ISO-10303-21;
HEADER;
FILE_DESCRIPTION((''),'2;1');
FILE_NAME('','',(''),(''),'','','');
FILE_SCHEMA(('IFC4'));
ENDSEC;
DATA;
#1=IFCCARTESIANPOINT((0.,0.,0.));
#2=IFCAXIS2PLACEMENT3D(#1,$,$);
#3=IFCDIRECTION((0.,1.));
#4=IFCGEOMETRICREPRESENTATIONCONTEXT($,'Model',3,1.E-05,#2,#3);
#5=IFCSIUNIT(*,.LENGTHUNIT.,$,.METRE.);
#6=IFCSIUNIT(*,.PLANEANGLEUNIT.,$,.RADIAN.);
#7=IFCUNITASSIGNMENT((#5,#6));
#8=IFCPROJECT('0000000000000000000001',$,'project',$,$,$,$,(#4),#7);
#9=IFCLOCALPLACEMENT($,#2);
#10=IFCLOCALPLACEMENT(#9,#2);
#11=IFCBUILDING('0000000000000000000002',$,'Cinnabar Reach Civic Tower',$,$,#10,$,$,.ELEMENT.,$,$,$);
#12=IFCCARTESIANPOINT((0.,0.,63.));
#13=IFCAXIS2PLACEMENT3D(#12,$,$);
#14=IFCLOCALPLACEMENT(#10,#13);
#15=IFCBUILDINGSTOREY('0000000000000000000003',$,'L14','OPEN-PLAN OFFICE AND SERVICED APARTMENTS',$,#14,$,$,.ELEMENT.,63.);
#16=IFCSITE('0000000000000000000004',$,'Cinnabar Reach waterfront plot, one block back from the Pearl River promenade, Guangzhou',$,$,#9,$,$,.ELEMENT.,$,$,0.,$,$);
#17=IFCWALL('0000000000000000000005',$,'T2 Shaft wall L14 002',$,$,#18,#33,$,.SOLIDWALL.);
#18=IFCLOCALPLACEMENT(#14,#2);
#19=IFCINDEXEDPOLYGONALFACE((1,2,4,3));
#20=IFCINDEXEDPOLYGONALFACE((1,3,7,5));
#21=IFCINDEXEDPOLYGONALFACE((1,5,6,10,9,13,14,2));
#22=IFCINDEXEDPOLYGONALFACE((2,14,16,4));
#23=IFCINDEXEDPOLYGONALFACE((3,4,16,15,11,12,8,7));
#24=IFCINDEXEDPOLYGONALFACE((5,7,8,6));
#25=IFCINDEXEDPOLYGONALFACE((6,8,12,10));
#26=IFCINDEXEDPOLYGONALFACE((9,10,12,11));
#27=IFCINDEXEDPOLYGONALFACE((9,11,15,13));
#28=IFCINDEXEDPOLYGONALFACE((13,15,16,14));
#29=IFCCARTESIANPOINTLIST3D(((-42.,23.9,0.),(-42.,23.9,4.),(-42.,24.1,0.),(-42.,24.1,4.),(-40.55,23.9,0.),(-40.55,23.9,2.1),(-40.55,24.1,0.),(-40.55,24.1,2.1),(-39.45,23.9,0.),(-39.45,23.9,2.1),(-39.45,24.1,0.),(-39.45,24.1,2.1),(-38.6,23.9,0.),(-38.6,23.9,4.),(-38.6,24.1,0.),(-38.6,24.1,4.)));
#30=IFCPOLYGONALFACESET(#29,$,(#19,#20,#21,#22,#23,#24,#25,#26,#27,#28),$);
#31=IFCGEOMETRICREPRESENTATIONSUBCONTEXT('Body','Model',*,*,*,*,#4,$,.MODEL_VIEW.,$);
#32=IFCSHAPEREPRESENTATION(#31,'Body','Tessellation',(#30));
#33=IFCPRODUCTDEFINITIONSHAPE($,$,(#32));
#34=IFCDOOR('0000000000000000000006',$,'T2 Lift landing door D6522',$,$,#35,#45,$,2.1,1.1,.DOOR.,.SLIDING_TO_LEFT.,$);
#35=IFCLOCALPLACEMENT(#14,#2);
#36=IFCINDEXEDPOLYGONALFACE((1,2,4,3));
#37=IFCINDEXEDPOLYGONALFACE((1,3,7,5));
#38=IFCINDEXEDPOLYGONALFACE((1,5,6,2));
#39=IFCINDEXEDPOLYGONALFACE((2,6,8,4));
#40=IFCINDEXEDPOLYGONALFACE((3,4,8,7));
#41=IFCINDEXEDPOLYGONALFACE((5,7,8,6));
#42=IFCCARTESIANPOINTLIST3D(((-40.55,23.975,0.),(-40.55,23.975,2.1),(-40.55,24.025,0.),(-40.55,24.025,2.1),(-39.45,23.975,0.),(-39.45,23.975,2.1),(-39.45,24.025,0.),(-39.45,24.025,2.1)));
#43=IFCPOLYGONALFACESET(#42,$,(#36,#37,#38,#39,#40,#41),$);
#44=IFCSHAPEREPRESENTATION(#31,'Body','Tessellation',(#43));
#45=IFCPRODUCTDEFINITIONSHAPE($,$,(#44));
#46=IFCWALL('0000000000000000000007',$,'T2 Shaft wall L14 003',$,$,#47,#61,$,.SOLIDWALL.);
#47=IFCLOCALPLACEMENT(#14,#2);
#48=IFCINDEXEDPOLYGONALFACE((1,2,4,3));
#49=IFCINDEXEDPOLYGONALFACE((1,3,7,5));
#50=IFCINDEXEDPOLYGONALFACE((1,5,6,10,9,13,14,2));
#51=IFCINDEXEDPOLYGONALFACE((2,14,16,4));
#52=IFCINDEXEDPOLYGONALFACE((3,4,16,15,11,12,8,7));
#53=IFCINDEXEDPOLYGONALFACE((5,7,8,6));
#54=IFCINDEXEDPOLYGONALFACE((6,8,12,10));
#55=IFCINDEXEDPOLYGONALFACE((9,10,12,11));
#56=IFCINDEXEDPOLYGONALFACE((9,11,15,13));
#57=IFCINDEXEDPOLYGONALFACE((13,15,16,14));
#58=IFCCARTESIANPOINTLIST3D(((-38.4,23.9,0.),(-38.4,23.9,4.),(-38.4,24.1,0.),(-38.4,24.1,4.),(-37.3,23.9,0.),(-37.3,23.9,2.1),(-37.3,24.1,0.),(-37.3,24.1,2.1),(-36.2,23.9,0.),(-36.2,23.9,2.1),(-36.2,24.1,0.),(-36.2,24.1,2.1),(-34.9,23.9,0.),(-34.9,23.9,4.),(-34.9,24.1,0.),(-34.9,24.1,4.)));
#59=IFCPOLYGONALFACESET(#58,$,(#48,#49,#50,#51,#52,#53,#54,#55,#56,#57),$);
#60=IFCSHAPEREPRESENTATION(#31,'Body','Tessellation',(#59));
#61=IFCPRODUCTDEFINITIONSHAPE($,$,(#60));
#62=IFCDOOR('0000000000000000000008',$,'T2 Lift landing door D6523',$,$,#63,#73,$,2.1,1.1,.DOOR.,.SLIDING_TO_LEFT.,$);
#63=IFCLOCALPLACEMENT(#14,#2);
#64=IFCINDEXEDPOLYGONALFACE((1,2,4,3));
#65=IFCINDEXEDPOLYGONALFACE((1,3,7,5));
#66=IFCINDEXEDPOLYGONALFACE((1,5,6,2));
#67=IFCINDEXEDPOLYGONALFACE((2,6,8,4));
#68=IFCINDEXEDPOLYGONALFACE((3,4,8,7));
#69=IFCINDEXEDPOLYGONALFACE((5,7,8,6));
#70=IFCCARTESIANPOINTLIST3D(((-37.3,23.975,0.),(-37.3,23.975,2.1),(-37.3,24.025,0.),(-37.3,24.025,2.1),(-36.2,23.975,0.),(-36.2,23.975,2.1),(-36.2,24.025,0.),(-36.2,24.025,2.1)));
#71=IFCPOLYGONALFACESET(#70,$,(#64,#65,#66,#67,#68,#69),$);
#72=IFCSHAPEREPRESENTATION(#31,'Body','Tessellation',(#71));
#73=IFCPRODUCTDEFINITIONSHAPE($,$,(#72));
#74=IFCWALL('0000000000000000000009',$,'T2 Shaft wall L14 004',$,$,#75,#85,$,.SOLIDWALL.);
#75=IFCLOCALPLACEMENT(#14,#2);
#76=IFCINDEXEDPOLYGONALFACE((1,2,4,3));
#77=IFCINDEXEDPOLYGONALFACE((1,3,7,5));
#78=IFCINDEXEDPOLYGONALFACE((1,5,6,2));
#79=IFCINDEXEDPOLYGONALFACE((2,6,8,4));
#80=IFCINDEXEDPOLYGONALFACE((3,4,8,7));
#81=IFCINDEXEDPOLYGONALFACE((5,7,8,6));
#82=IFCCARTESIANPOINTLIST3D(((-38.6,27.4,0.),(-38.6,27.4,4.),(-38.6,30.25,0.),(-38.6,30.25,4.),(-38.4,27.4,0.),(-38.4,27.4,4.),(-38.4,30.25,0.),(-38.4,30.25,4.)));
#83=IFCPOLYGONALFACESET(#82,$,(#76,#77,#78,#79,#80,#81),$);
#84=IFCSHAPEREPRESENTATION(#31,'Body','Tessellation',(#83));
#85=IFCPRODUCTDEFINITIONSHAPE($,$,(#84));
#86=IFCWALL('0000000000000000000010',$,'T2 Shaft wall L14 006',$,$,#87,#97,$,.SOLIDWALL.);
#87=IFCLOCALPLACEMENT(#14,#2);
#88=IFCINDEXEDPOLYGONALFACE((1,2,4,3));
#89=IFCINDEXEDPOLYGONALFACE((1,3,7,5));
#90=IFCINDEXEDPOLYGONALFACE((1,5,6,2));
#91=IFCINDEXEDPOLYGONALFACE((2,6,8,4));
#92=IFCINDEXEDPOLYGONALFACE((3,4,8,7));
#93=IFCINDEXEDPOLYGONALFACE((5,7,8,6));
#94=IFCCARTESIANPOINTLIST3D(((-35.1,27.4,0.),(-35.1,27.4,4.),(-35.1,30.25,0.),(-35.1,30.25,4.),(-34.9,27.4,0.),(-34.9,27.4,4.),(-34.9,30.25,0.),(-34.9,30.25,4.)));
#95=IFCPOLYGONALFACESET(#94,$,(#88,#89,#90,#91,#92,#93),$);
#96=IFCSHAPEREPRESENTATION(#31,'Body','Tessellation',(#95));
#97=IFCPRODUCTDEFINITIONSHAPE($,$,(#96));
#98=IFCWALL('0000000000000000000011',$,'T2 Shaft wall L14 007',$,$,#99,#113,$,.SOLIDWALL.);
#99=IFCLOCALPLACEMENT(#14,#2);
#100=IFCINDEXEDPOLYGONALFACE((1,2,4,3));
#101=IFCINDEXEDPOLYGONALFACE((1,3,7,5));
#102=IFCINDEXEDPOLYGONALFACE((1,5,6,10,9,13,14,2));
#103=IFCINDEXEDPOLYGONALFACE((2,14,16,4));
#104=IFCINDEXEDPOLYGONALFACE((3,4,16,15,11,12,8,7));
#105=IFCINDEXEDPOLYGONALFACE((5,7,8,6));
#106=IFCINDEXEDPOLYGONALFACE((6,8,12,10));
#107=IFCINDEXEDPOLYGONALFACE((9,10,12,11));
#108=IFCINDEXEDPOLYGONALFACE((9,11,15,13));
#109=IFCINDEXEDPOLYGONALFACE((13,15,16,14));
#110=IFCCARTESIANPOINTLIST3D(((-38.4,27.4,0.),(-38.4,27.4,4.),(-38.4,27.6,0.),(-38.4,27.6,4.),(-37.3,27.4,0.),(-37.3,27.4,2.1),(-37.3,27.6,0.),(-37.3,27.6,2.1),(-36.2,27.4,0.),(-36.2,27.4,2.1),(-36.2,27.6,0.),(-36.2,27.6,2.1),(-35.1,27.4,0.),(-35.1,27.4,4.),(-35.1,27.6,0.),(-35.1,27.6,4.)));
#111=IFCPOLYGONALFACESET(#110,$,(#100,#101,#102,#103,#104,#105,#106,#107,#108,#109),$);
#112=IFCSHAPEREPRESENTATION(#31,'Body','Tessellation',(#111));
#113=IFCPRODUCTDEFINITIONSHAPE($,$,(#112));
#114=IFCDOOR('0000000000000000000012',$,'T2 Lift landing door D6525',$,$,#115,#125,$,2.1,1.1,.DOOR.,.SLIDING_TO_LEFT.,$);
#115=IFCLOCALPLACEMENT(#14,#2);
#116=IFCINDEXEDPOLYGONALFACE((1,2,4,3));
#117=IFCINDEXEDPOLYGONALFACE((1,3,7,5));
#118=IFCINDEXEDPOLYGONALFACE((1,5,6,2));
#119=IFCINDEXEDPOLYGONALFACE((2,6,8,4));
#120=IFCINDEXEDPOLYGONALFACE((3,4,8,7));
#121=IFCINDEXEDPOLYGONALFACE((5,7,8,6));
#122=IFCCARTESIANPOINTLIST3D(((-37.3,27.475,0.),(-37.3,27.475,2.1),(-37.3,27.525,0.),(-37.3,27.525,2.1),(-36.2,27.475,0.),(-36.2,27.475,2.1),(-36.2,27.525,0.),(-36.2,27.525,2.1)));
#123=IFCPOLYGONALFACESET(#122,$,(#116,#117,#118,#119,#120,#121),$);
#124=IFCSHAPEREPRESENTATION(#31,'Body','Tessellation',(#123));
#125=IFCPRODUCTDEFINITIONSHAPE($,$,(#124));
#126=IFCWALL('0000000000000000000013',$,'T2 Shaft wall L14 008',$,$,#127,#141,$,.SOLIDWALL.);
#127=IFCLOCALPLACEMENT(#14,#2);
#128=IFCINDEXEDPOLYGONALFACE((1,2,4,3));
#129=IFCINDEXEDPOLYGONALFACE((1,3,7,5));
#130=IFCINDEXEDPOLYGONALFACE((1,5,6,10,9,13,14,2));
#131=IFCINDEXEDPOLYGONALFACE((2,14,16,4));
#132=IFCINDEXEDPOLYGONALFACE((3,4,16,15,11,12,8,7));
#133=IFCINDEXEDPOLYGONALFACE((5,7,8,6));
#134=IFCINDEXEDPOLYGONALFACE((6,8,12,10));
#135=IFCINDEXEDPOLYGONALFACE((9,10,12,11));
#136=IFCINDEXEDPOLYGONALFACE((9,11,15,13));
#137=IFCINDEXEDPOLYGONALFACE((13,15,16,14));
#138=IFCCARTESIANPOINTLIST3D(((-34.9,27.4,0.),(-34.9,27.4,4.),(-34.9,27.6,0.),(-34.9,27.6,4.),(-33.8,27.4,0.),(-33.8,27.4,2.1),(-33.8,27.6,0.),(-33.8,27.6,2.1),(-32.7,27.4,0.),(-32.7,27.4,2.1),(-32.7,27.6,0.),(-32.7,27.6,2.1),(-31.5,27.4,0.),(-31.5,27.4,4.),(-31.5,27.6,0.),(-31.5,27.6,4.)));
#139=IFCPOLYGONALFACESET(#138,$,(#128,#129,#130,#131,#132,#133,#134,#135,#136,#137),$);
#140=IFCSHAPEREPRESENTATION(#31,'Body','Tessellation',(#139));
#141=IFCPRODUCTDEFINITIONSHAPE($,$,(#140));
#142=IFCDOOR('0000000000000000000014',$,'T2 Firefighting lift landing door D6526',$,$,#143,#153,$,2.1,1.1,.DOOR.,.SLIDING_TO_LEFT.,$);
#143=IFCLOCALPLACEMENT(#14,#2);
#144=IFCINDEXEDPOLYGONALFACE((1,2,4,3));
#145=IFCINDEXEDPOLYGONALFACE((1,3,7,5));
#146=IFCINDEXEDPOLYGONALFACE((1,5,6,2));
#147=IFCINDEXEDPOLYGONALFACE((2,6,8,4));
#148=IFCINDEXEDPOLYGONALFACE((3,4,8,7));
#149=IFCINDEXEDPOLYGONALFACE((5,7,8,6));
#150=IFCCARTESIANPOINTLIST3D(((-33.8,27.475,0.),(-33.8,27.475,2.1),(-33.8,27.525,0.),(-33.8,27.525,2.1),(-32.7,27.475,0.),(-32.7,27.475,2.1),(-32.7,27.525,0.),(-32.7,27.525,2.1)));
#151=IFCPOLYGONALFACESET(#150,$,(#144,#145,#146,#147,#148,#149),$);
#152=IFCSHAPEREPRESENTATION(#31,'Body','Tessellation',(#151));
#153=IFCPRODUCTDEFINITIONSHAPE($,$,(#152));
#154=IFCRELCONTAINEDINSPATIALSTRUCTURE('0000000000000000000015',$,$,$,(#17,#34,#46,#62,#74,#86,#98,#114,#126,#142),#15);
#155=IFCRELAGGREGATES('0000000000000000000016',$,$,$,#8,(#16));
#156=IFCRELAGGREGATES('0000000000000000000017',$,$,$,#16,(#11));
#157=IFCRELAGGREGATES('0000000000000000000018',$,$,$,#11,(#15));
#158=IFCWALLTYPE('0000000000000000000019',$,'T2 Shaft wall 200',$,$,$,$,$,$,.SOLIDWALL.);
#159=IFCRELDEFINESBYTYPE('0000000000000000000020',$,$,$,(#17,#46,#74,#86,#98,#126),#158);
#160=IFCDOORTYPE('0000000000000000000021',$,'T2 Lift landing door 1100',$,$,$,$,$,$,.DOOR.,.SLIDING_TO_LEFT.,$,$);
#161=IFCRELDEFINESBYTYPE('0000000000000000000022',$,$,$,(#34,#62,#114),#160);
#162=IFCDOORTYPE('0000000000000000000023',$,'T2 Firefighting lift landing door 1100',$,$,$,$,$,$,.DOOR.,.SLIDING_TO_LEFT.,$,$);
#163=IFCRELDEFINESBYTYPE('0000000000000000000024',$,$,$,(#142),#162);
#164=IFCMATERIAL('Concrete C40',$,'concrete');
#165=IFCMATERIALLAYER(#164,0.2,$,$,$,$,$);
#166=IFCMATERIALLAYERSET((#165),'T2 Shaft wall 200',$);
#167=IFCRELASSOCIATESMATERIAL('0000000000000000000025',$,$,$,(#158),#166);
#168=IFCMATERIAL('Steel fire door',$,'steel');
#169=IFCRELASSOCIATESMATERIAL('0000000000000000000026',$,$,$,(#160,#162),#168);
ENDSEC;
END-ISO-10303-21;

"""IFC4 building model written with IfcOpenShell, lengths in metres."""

from ifc_helpers import new_model, si_unit, direction, frame, frame_2d, origin, place, context, subcontext, project, spatial, rectangle, extrude, material, layer, layer_set, type_object, element, fill, save


model = new_model("IFC4")

# Units and contexts
model_context = context("Model", 3, precision=1e-05, world=origin(), true_north=direction((0.0, 1.0)))
body_context = subcontext(model_context, "Body", "Model", "MODEL_VIEW")
ifc_project = project(units=[si_unit("LENGTHUNIT", "METRE"), si_unit("PLANEANGLEUNIT", "RADIAN")], contexts=[model_context])

# Site, building, storey
site_placement = place(None, origin())
site = spatial("IfcSite", under=ifc_project, at=site_placement, Name="Cinnabar Reach waterfront plot, one block back from the Pearl River promenade, Guangzhou", CompositionType="ELEMENT", RefElevation=0.0)
building_placement = place(site_placement, origin())
building = spatial("IfcBuilding", under=site, at=building_placement, Name="Cinnabar Reach Civic Tower", CompositionType="ELEMENT")
storey_placement = place(building_placement, frame((0.0, 0.0, 63.0)))
storey = spatial("IfcBuildingStorey", under=building, at=storey_placement, Name="L14", Description="OPEN-PLAN OFFICE AND SERVICED APARTMENTS", CompositionType="ELEMENT", Elevation=63.0)

# Shared definitions
ifc_material_1 = material(Name="Steel fire door", Category="steel")

# Shared definitions
ifc_material_2 = material(Name="Concrete C40", Category="concrete")

# Walls, openings, doors
ifc_layer_1 = layer(ifc_material_2, 0.2)
ifc_layer_set_1 = layer_set([ifc_layer_1], Name="T2 Shaft wall 200")
wall_type_1 = type_object("IfcWallType", Name="T2 Shaft wall 200", PredefinedType="SOLIDWALL", material=ifc_layer_set_1)
wall_1_placement = place(storey_placement, frame((-38.6, 24.0, 0.0), z_axis=(0.0, 0.0, 1.0), x_axis=(-1.0, 0.0, 0.0)))
wall_1 = element("IfcWall", 1, at=wall_1_placement, inside=storey, type_object=wall_type_1, Name="T2 Shaft wall L14 002", PredefinedType="SOLIDWALL", context=body_context, shape_type="SweptSolid", body=[
    extrude(rectangle(XDim=3.4, YDim=0.2, at=frame_2d((1.7, 0.0))), origin(), (0.0, 0.0, 1.0), 4.0),
])
opening_1_placement = place(wall_1_placement, frame((0.85, 0.0, 0.0)))
opening_1 = element("IfcOpeningElement", 2, at=opening_1_placement, cuts=wall_1, PredefinedType="OPENING", context=body_context, shape_type="SweptSolid", body=[
    extrude(rectangle(XDim=1.1, YDim=2.1, at=frame_2d((0.55, 1.05))), frame((0.0, 0.11, 0.0), z_axis=(0.0, -1.0, 0.0), x_axis=(1.0, 0.0, 0.0)), (0.0, 0.0, 1.0), 0.22),
])
door_type_1 = type_object("IfcDoorType", Name="T2 Lift landing door 1100", OperationType="SLIDING_TO_LEFT", PredefinedType="DOOR", material=ifc_material_1)
door_1_placement = place(opening_1_placement, origin())
door_1 = element("IfcDoor", 3, at=door_1_placement, inside=storey, type_object=door_type_1, Name="T2 Lift landing door D6522", OperationType="SLIDING_TO_LEFT", OverallHeight=2.1, OverallWidth=1.1, PredefinedType="DOOR", context=body_context, shape_type="SweptSolid", body=[
    extrude(rectangle(XDim=1.1, YDim=2.1, at=frame_2d((0.55, 1.05))), frame((0.0, 0.025, 0.0), z_axis=(0.0, -1.0, 0.0), x_axis=(1.0, 0.0, 0.0)), (0.0, 0.0, 1.0), 0.05),
])
fill(opening_1, door_1)
wall_2_placement = place(storey_placement, frame((-34.9, 24.0, 0.0), z_axis=(0.0, 0.0, 1.0), x_axis=(-1.0, 0.0, 0.0)))
wall_2 = element("IfcWall", 4, at=wall_2_placement, inside=storey, type_object=wall_type_1, Name="T2 Shaft wall L14 003", PredefinedType="SOLIDWALL", context=body_context, shape_type="SweptSolid", body=[
    extrude(rectangle(XDim=3.5, YDim=0.2, at=frame_2d((1.75, 0.0))), origin(), (0.0, 0.0, 1.0), 4.0),
])
opening_2_placement = place(wall_2_placement, frame((1.3, 0.0, 0.0)))
opening_2 = element("IfcOpeningElement", 5, at=opening_2_placement, cuts=wall_2, PredefinedType="OPENING", context=body_context, shape_type="SweptSolid", body=[
    extrude(rectangle(XDim=1.1, YDim=2.1, at=frame_2d((0.55, 1.05))), frame((0.0, 0.11, 0.0), z_axis=(0.0, -1.0, 0.0), x_axis=(1.0, 0.0, 0.0)), (0.0, 0.0, 1.0), 0.22),
])
door_2_placement = place(opening_2_placement, origin())
door_2 = element("IfcDoor", 6, at=door_2_placement, inside=storey, type_object=door_type_1, Name="T2 Lift landing door D6523", OperationType="SLIDING_TO_LEFT", OverallHeight=2.1, OverallWidth=1.1, PredefinedType="DOOR", context=body_context, shape_type="SweptSolid", body=[
    extrude(rectangle(XDim=1.1, YDim=2.1, at=frame_2d((0.55, 1.05))), frame((0.0, 0.025, 0.0), z_axis=(0.0, -1.0, 0.0), x_axis=(1.0, 0.0, 0.0)), (0.0, 0.0, 1.0), 0.05),
])
fill(opening_2, door_2)

# Walls
for number, where, z_axis, x_axis, name in (
    (7, (-38.5, 27.4, 0.0), (0.0, 0.0, 1.0), (0.0, 1.0, 0.0), "T2 Shaft wall L14 004"),
    (8, (-35.0, 27.4, 0.0), (0.0, 0.0, 1.0), (0.0, 1.0, 0.0), "T2 Shaft wall L14 006"),
):
    element("IfcWall", number, at=place(storey_placement, frame(where, z_axis=z_axis, x_axis=x_axis)), inside=storey, type_object=wall_type_1, Name=name, PredefinedType="SOLIDWALL", context=body_context, shape_type="SweptSolid", body=[
        extrude(rectangle(XDim=2.85, YDim=0.2, at=frame_2d((1.425, 0.0))), origin(), (0.0, 0.0, 1.0), 4.0),
    ])

# Walls, openings, doors
wall_3_placement = place(storey_placement, frame((-38.4, 27.5, 0.0), z_axis=(0.0, 0.0, 1.0), x_axis=(1.0, 0.0, 0.0)))
wall_3 = element("IfcWall", 9, at=wall_3_placement, inside=storey, type_object=wall_type_1, Name="T2 Shaft wall L14 007", PredefinedType="SOLIDWALL", context=body_context, shape_type="SweptSolid", body=[
    extrude(rectangle(XDim=3.3, YDim=0.2, at=frame_2d((1.65, 0.0))), origin(), (0.0, 0.0, 1.0), 4.0),
])
opening_3_placement = place(wall_3_placement, frame((1.1, 0.0, 0.0)))
opening_3 = element("IfcOpeningElement", 10, at=opening_3_placement, cuts=wall_3, PredefinedType="OPENING", context=body_context, shape_type="SweptSolid", body=[
    extrude(rectangle(XDim=1.1, YDim=2.1, at=frame_2d((0.55, 1.05))), frame((0.0, 0.11, 0.0), z_axis=(0.0, -1.0, 0.0), x_axis=(1.0, 0.0, 0.0)), (0.0, 0.0, 1.0), 0.22),
])
door_3_placement = place(opening_3_placement, origin())
door_3 = element("IfcDoor", 11, at=door_3_placement, inside=storey, type_object=door_type_1, Name="T2 Lift landing door D6525", OperationType="SLIDING_TO_LEFT", OverallHeight=2.1, OverallWidth=1.1, PredefinedType="DOOR", context=body_context, shape_type="SweptSolid", body=[
    extrude(rectangle(XDim=1.1, YDim=2.1, at=frame_2d((0.55, 1.05))), frame((0.0, 0.025, 0.0), z_axis=(0.0, -1.0, 0.0), x_axis=(1.0, 0.0, 0.0)), (0.0, 0.0, 1.0), 0.05),
])
fill(opening_3, door_3)
wall_4_placement = place(storey_placement, frame((-34.9, 27.5, 0.0), z_axis=(0.0, 0.0, 1.0), x_axis=(1.0, 0.0, 0.0)))
wall_4 = element("IfcWall", 12, at=wall_4_placement, inside=storey, type_object=wall_type_1, Name="T2 Shaft wall L14 008", PredefinedType="SOLIDWALL", context=body_context, shape_type="SweptSolid", body=[
    extrude(rectangle(XDim=3.4, YDim=0.2, at=frame_2d((1.7, 0.0))), origin(), (0.0, 0.0, 1.0), 4.0),
])
opening_4_placement = place(wall_4_placement, frame((1.1, 0.0, 0.0)))
opening_4 = element("IfcOpeningElement", 13, at=opening_4_placement, cuts=wall_4, PredefinedType="OPENING", context=body_context, shape_type="SweptSolid", body=[
    extrude(rectangle(XDim=1.1, YDim=2.1, at=frame_2d((0.55, 1.05))), frame((0.0, 0.11, 0.0), z_axis=(0.0, -1.0, 0.0), x_axis=(1.0, 0.0, 0.0)), (0.0, 0.0, 1.0), 0.22),
])
door_type_2 = type_object("IfcDoorType", Name="T2 Firefighting lift landing door 1100", OperationType="SLIDING_TO_LEFT", PredefinedType="DOOR", material=ifc_material_1)
door_4_placement = place(opening_4_placement, origin())
door_4 = element("IfcDoor", 14, at=door_4_placement, inside=storey, type_object=door_type_2, Name="T2 Firefighting lift landing door D6526", OperationType="SLIDING_TO_LEFT", OverallHeight=2.1, OverallWidth=1.1, PredefinedType="DOOR", context=body_context, shape_type="SweptSolid", body=[
    extrude(rectangle(XDim=1.1, YDim=2.1, at=frame_2d((0.55, 1.05))), frame((0.0, 0.025, 0.0), z_axis=(0.0, -1.0, 0.0), x_axis=(1.0, 0.0, 0.0)), (0.0, 0.0, 1.0), 0.05),
])
fill(opening_4, door_4)

save(model, "model.ifc")
